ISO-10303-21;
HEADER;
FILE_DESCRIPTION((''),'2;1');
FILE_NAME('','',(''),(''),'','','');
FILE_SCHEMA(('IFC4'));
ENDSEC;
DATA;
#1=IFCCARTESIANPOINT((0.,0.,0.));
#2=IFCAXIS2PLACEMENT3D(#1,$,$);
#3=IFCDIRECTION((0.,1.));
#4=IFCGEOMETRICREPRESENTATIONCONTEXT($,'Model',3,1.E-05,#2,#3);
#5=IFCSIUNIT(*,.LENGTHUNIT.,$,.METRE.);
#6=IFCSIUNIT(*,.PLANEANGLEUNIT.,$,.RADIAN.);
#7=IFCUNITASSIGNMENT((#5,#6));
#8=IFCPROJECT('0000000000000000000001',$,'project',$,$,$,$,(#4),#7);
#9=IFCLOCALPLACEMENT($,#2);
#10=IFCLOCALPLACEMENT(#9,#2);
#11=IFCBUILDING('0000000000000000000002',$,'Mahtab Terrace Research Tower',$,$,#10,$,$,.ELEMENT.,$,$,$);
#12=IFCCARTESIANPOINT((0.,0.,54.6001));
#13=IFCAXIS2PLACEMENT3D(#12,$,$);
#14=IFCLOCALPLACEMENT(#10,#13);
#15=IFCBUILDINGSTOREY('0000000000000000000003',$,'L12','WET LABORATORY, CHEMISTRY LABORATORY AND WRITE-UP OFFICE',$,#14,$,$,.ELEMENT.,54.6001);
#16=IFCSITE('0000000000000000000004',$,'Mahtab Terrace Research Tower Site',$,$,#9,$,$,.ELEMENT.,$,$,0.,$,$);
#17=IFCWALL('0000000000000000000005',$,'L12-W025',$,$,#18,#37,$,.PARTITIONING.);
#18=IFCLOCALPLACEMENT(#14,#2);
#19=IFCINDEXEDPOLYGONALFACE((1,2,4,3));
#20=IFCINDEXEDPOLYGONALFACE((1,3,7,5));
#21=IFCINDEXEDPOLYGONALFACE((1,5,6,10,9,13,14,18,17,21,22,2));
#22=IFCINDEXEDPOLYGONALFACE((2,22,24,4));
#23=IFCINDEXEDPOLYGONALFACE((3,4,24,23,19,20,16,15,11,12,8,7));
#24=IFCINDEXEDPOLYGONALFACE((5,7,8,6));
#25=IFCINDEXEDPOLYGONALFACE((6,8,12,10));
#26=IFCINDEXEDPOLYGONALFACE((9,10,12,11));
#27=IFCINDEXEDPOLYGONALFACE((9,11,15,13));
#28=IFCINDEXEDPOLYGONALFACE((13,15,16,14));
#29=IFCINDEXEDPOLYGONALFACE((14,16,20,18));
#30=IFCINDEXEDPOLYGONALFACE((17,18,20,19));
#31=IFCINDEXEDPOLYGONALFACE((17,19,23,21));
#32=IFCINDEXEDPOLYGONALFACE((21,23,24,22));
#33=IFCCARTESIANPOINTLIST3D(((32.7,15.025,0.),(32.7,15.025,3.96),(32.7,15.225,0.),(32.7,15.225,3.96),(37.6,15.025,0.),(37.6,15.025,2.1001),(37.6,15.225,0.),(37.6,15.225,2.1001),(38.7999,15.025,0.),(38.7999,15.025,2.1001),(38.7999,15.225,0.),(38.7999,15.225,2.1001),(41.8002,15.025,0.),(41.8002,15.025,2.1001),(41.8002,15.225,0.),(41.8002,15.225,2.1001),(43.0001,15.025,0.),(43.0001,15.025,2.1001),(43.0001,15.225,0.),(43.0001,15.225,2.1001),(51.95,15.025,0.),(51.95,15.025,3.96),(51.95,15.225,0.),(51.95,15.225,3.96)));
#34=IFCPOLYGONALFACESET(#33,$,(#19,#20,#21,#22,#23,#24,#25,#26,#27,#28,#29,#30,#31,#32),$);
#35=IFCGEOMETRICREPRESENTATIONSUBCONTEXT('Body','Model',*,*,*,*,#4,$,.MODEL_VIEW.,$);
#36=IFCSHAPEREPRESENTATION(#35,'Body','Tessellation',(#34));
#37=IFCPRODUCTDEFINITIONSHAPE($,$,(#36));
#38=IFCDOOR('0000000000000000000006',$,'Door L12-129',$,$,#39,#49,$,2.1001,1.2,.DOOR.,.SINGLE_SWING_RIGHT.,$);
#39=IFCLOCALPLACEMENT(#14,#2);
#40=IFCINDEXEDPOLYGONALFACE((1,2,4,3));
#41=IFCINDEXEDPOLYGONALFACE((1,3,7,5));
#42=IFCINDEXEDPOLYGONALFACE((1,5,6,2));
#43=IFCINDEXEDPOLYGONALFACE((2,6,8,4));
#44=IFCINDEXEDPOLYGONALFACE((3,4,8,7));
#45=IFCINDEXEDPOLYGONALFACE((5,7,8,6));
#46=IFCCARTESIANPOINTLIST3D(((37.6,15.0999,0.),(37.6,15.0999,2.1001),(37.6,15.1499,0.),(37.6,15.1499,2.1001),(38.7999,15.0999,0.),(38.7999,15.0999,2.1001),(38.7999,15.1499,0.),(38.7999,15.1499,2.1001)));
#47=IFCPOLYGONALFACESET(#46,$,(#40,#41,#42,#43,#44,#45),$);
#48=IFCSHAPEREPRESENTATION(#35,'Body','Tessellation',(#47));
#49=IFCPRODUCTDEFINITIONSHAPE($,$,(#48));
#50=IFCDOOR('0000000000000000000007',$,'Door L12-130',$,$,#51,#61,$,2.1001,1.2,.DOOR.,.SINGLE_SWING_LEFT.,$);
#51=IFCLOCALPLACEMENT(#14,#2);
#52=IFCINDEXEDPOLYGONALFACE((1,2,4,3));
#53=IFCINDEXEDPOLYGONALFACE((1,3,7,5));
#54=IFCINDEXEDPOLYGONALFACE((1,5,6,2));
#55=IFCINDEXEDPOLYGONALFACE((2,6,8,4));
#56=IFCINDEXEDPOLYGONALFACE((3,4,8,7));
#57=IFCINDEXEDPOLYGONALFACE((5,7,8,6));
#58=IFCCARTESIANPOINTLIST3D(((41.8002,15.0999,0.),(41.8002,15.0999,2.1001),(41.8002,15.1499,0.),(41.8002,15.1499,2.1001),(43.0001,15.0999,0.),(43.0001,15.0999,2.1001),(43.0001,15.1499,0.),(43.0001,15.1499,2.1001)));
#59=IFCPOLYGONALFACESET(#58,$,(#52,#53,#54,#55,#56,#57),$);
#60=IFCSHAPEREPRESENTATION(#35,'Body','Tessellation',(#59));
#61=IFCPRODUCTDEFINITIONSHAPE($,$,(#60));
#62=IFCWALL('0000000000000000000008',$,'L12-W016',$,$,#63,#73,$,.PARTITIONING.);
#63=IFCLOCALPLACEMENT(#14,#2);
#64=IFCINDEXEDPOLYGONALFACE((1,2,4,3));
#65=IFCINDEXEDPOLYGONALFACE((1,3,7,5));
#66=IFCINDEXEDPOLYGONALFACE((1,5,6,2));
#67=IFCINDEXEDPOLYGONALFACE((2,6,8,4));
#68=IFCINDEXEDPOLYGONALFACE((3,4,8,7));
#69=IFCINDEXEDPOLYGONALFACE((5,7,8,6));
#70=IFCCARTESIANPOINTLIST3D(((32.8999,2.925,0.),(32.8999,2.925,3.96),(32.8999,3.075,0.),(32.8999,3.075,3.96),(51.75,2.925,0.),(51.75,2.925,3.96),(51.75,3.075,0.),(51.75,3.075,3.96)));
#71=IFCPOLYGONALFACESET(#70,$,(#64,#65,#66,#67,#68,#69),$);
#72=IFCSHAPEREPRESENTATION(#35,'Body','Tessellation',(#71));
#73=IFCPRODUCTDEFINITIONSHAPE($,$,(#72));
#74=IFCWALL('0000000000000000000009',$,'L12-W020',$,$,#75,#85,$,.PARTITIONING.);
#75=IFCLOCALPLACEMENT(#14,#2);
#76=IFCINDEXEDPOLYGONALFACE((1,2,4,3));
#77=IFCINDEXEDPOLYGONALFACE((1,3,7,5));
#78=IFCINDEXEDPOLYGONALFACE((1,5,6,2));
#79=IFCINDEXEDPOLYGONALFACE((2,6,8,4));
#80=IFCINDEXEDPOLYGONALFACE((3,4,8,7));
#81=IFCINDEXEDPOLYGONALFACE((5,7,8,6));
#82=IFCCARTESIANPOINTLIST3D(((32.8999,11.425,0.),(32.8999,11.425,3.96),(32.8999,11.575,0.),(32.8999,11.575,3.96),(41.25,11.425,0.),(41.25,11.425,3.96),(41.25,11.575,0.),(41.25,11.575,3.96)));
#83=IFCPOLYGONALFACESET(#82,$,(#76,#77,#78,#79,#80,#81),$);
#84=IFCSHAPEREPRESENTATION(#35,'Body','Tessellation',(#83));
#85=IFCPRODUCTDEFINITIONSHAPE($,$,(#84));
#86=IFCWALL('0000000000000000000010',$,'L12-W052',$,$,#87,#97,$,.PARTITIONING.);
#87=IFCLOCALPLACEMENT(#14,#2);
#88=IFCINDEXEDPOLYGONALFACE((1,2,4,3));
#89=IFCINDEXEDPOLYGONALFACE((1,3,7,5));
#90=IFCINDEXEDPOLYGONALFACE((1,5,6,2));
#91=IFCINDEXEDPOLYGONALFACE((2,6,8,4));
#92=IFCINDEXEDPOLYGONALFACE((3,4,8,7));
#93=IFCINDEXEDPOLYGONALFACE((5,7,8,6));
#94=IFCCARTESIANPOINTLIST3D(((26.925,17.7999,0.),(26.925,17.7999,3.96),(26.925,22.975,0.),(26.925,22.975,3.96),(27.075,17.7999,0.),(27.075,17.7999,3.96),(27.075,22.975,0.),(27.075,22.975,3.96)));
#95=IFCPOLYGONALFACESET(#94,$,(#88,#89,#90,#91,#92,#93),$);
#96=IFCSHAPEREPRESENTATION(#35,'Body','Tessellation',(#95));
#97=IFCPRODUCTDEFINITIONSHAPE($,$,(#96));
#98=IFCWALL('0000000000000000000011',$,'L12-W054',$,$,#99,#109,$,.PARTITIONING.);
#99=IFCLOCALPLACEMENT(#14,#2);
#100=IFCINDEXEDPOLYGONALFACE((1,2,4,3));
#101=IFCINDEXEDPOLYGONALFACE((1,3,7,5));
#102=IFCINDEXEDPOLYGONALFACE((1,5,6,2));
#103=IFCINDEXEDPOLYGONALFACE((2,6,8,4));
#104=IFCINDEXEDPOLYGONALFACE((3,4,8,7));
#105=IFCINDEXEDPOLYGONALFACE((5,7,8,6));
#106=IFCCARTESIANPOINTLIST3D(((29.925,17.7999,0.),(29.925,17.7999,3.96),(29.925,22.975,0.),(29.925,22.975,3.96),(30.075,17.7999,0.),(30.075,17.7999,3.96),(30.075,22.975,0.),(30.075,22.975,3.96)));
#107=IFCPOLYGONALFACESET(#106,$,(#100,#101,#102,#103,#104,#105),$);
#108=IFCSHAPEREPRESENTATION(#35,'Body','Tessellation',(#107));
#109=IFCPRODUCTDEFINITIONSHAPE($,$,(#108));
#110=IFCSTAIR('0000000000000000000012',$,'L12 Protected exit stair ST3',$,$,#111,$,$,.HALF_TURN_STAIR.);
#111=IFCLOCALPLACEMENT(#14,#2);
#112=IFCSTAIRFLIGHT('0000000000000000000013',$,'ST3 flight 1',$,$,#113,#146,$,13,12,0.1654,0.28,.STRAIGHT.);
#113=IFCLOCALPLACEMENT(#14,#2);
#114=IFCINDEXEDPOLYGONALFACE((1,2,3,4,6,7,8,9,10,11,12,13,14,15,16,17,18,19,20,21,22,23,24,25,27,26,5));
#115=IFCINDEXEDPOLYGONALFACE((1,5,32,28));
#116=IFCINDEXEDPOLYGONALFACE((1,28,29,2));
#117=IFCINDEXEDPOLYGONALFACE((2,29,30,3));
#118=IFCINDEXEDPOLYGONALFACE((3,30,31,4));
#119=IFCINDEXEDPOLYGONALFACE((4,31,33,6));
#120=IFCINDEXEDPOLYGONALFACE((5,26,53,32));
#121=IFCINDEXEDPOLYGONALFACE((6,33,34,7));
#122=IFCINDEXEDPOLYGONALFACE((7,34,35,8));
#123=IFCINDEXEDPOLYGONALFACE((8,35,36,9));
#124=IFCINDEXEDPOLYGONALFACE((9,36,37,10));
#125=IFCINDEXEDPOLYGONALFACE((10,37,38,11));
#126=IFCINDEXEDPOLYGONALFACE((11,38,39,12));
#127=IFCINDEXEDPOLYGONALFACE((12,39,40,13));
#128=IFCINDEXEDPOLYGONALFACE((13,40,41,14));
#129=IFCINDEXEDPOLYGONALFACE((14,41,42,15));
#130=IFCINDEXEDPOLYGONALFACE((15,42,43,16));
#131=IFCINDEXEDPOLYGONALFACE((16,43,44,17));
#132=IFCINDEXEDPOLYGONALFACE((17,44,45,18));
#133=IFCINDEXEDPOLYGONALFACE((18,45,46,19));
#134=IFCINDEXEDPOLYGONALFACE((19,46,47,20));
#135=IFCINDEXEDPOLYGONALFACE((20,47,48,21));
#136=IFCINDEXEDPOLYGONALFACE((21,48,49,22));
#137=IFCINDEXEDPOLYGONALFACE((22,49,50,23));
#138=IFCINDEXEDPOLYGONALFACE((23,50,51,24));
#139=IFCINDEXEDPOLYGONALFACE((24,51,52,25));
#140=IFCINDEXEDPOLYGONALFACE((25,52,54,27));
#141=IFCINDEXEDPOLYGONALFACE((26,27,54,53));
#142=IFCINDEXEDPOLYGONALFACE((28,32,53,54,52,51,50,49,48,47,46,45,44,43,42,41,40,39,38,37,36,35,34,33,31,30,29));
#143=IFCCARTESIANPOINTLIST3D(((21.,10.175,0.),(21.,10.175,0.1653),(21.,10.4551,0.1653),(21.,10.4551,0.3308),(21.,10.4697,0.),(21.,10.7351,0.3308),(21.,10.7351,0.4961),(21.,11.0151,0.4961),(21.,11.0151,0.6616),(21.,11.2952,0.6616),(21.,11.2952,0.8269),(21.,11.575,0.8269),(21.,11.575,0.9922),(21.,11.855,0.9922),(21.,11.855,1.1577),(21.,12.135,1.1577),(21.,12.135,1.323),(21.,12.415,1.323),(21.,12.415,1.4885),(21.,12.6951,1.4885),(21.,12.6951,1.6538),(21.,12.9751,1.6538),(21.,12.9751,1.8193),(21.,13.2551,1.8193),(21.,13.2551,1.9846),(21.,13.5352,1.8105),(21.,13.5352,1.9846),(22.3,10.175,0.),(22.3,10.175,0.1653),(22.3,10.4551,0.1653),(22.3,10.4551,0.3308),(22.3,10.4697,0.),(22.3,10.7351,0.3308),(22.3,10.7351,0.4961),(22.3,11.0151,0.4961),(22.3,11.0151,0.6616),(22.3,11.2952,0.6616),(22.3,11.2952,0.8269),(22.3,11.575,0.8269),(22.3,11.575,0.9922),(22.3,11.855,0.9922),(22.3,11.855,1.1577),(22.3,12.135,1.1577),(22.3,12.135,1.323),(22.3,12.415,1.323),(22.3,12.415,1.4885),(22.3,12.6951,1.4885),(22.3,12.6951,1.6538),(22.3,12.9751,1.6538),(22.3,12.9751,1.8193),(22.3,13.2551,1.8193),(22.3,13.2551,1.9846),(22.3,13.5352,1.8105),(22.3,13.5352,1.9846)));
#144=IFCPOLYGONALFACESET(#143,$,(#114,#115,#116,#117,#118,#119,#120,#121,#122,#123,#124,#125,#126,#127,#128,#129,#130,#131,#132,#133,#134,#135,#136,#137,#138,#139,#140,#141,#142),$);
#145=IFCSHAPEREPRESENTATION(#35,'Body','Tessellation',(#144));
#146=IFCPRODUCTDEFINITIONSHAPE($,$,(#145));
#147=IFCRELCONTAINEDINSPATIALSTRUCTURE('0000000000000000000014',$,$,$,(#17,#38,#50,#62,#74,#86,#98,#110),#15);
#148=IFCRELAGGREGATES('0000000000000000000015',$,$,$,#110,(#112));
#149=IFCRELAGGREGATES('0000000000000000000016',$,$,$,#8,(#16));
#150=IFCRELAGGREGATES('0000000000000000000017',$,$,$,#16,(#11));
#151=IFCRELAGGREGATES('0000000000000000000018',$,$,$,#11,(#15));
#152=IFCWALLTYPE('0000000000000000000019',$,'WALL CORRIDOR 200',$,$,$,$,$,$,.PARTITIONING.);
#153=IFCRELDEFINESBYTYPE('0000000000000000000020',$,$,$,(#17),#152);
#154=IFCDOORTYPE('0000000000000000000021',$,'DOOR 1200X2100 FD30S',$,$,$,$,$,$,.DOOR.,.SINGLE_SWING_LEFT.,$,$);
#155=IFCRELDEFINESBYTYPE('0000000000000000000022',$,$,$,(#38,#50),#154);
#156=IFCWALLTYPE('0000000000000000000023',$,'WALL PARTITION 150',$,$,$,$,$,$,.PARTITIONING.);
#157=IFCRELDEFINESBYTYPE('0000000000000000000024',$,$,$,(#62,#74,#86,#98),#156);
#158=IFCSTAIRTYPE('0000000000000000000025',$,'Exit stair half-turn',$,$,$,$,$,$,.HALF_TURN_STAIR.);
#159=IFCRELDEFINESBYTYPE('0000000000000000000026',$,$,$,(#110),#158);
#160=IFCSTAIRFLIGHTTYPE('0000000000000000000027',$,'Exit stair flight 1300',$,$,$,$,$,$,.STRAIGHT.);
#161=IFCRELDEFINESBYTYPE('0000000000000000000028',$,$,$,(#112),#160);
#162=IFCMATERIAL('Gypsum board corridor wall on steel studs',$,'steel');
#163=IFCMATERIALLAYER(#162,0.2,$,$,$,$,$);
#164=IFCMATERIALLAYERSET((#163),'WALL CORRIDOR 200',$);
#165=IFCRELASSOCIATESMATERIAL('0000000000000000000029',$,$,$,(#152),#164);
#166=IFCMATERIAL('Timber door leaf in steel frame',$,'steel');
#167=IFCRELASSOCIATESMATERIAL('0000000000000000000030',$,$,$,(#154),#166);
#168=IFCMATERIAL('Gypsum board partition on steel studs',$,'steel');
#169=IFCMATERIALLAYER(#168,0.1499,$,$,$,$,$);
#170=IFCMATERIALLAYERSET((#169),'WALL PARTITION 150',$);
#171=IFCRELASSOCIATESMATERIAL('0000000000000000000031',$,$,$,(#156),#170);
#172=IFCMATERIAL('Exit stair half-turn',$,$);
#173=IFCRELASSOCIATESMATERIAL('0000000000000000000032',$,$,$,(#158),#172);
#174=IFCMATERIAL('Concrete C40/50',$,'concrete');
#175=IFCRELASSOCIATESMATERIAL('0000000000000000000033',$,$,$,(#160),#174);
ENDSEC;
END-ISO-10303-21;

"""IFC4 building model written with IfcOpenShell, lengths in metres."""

from ifc_helpers import new_model, si_unit, direction, frame, frame_2d, origin, place, context, subcontext, project, spatial, polyline, rectangle, outline, extrude, material, layer, layer_set, type_object, element, fill, aggregate, save


model = new_model("IFC4")

# Units and contexts
model_context = context("Model", 3, precision=1e-05, world=origin(), true_north=direction((0.0, 1.0)))
body_context = subcontext(model_context, "Body", "Model", "MODEL_VIEW")
ifc_project = project(units=[si_unit("LENGTHUNIT", "METRE"), si_unit("PLANEANGLEUNIT", "RADIAN")], contexts=[model_context])

# Site, building, storey
site_placement = place(None, origin())
site = spatial("IfcSite", under=ifc_project, at=site_placement, Name="Mahtab Terrace Research Tower Site", CompositionType="ELEMENT", RefElevation=0.0)
building_placement = place(site_placement, origin())
building = spatial("IfcBuilding", under=site, at=building_placement, Name="Mahtab Terrace Research Tower", CompositionType="ELEMENT")
storey_placement = place(building_placement, frame((0.0, 0.0, 54.6001)))
storey = spatial("IfcBuildingStorey", under=building, at=storey_placement, Name="L12", Description="WET LABORATORY, CHEMISTRY LABORATORY AND WRITE-UP OFFICE", CompositionType="ELEMENT", Elevation=54.6001)

# Wall, openings, doors
ifc_material_1 = material(Name="Gypsum board corridor wall on steel studs", Category="steel")
ifc_layer_1 = layer(ifc_material_1, 0.2)
ifc_layer_set_1 = layer_set([ifc_layer_1], Name="WALL CORRIDOR 200")
wall_type_1 = type_object("IfcWallType", Name="WALL CORRIDOR 200", PredefinedType="PARTITIONING", material=ifc_layer_set_1)
wall_1_placement = place(storey_placement, frame((32.7, 15.125, 0.0), z_axis=(0.0, 0.0, 1.0), x_axis=(1.0, 0.0, 0.0)))
wall_1 = element("IfcWall", 1, at=wall_1_placement, inside=storey, type_object=wall_type_1, Name="L12-W025", PredefinedType="PARTITIONING", context=body_context, shape_type="SweptSolid", body=[
    extrude(rectangle(XDim=19.25, YDim=0.2, at=frame_2d((9.625, 0.0))), origin(), (0.0, 0.0, 1.0), 3.96),
])
opening_1_placement = place(wall_1_placement, frame((4.8999, 0.0, 0.0)))
opening_1 = element("IfcOpeningElement", 2, at=opening_1_placement, cuts=wall_1, PredefinedType="OPENING", context=body_context, shape_type="SweptSolid", body=[
    extrude(rectangle(XDim=1.2, YDim=2.1001, at=frame_2d((0.6001, 1.05))), frame((0.0, 0.1099, 0.0), z_axis=(0.0, -1.0, 0.0), x_axis=(1.0, 0.0, 0.0)), (0.0, 0.0, 1.0), 0.22),
])
opening_2_placement = place(wall_1_placement, frame((9.1001, 0.0, 0.0)))
opening_2 = element("IfcOpeningElement", 3, at=opening_2_placement, cuts=wall_1, PredefinedType="OPENING", context=body_context, shape_type="SweptSolid", body=[
    extrude(rectangle(XDim=1.2, YDim=2.1001, at=frame_2d((0.6001, 1.05))), frame((0.0, 0.1099, 0.0), z_axis=(0.0, -1.0, 0.0), x_axis=(1.0, 0.0, 0.0)), (0.0, 0.0, 1.0), 0.22),
])
ifc_material_2 = material(Name="Timber door leaf in steel frame", Category="steel")
door_type_1 = type_object("IfcDoorType", Name="DOOR 1200X2100 FD30S", OperationType="SINGLE_SWING_LEFT", PredefinedType="DOOR", material=ifc_material_2)
door_1_placement = place(opening_1_placement, origin())
door_1 = element("IfcDoor", 4, at=door_1_placement, inside=storey, type_object=door_type_1, Name="Door L12-129", OperationType="SINGLE_SWING_RIGHT", OverallHeight=2.1001, OverallWidth=1.2, PredefinedType="DOOR", context=body_context, shape_type="SweptSolid", body=[
    extrude(rectangle(XDim=1.2, YDim=2.1001, at=frame_2d((0.6001, 1.05))), frame((0.0, 0.0249, 0.0), z_axis=(0.0, -1.0, 0.0), x_axis=(1.0, 0.0, 0.0)), (0.0, 0.0, 1.0), 0.05),
])
fill(opening_1, door_1)
door_2_placement = place(opening_2_placement, origin())
door_2 = element("IfcDoor", 5, at=door_2_placement, inside=storey, type_object=door_type_1, Name="Door L12-130", OperationType="SINGLE_SWING_LEFT", OverallHeight=2.1001, OverallWidth=1.2, PredefinedType="DOOR", context=body_context, shape_type="SweptSolid", body=[
    extrude(rectangle(XDim=1.2, YDim=2.1001, at=frame_2d((0.6001, 1.05))), frame((0.0, 0.0249, 0.0), z_axis=(0.0, -1.0, 0.0), x_axis=(1.0, 0.0, 0.0)), (0.0, 0.0, 1.0), 0.05),
])
fill(opening_2, door_2)

# Walls
ifc_material_3 = material(Name="Gypsum board partition on steel studs", Category="steel")
ifc_layer_2 = layer(ifc_material_3, 0.1499)
ifc_layer_set_2 = layer_set([ifc_layer_2], Name="WALL PARTITION 150")
wall_type_2 = type_object("IfcWallType", Name="WALL PARTITION 150", PredefinedType="PARTITIONING", material=ifc_layer_set_2)
wall_2_placement = place(storey_placement, frame((32.8999, 3.0, 0.0), z_axis=(0.0, 0.0, 1.0), x_axis=(1.0, 0.0, 0.0)))
element("IfcWall", 6, at=wall_2_placement, inside=storey, type_object=wall_type_2, Name="L12-W016", PredefinedType="PARTITIONING", context=body_context, shape_type="SweptSolid", body=[
    extrude(rectangle(XDim=18.8501, YDim=0.1499, at=frame_2d((9.425, 0.0))), origin(), (0.0, 0.0, 1.0), 3.96),
])
wall_3_placement = place(storey_placement, frame((32.8999, 11.5, 0.0), z_axis=(0.0, 0.0, 1.0), x_axis=(1.0, 0.0, 0.0)))
element("IfcWall", 7, at=wall_3_placement, inside=storey, type_object=wall_type_2, Name="L12-W020", PredefinedType="PARTITIONING", context=body_context, shape_type="SweptSolid", body=[
    extrude(rectangle(XDim=8.3501, YDim=0.1499, at=frame_2d((4.175, 0.0))), origin(), (0.0, 0.0, 1.0), 3.96),
])
for number, where, z_axis, x_axis, name in (
    (8, (27.0, 17.8, 0.0), (0.0, 0.0, 1.0), (0.0, 1.0, 0.0), "L12-W052"),
    (9, (30.0, 17.8, 0.0), (0.0, 0.0, 1.0), (0.0, 1.0, 0.0), "L12-W054"),
):
    element("IfcWall", number, at=place(storey_placement, frame(where, z_axis=z_axis, x_axis=x_axis)), inside=storey, type_object=wall_type_2, Name=name, PredefinedType="PARTITIONING", context=body_context, shape_type="SweptSolid", body=[
        extrude(rectangle(XDim=5.175, YDim=0.1499, at=frame_2d((2.5874, 0.0))), origin(), (0.0, 0.0, 1.0), 3.96),
    ])

# Stair, stair flight
ifc_material_4 = material(Name="Exit stair half-turn")
stair_type = type_object("IfcStairType", Name="Exit stair half-turn", PredefinedType="HALF_TURN_STAIR", material=ifc_material_4)
stair_placement = place(storey_placement, origin())
stair = element("IfcStair", 10, at=stair_placement, inside=storey, type_object=stair_type, Name="L12 Protected exit stair ST3", PredefinedType="HALF_TURN_STAIR")
ifc_material_5 = material(Name="Concrete C40/50", Category="concrete")
stair_flight_type = type_object("IfcStairFlightType", Name="Exit stair flight 1300", PredefinedType="STRAIGHT", material=ifc_material_5)
stair_flight_placement = place(storey_placement, frame((21.6499, 10.175, 0.0), z_axis=(0.0, 0.0, 1.0), x_axis=(0.0, 1.0, 0.0)))
stair_flight = element("IfcStairFlight", 11, at=stair_flight_placement, type_object=stair_flight_type, Name="ST3 flight 1", NumberOfRisers=13, NumberOfTreads=12, PredefinedType="STRAIGHT", RiserHeight=0.1654, TreadLength=0.28, context=body_context, shape_type="SweptSolid", body=[
    extrude(outline(polyline([(0.0, 0.0), (0.0, 0.1653), (0.28, 0.1653), (0.28, 0.3308), (0.5601, 0.3308), (0.5601, 0.4961), (0.8401, 0.4961), (0.8401, 0.6616), (1.1201, 0.6616), (1.1201, 0.8269), (1.3999, 0.8269), (1.3999, 0.9922), (1.6799, 0.9922), (1.6799, 1.1577), (1.96, 1.1577), (1.96, 1.323), (2.24, 1.323), (2.24, 1.4885), (2.52, 1.4885), (2.52, 1.6538), (2.8, 1.6538), (2.8, 1.8193), (3.0801, 1.8193), (3.0801, 1.9846), (3.3601, 1.9846), (3.3601, 2.1499), (3.3601, 1.8105), (0.2947, 0.0), (0.0, 0.0)])), frame((0.0, 0.6499, 0.0), z_axis=(0.0, -1.0, 0.0), x_axis=(1.0, 0.0, 0.0)), (0.0, 0.0, 1.0), 1.3),
])
aggregate(stair, [stair_flight])

save(model, "model.ifc")
